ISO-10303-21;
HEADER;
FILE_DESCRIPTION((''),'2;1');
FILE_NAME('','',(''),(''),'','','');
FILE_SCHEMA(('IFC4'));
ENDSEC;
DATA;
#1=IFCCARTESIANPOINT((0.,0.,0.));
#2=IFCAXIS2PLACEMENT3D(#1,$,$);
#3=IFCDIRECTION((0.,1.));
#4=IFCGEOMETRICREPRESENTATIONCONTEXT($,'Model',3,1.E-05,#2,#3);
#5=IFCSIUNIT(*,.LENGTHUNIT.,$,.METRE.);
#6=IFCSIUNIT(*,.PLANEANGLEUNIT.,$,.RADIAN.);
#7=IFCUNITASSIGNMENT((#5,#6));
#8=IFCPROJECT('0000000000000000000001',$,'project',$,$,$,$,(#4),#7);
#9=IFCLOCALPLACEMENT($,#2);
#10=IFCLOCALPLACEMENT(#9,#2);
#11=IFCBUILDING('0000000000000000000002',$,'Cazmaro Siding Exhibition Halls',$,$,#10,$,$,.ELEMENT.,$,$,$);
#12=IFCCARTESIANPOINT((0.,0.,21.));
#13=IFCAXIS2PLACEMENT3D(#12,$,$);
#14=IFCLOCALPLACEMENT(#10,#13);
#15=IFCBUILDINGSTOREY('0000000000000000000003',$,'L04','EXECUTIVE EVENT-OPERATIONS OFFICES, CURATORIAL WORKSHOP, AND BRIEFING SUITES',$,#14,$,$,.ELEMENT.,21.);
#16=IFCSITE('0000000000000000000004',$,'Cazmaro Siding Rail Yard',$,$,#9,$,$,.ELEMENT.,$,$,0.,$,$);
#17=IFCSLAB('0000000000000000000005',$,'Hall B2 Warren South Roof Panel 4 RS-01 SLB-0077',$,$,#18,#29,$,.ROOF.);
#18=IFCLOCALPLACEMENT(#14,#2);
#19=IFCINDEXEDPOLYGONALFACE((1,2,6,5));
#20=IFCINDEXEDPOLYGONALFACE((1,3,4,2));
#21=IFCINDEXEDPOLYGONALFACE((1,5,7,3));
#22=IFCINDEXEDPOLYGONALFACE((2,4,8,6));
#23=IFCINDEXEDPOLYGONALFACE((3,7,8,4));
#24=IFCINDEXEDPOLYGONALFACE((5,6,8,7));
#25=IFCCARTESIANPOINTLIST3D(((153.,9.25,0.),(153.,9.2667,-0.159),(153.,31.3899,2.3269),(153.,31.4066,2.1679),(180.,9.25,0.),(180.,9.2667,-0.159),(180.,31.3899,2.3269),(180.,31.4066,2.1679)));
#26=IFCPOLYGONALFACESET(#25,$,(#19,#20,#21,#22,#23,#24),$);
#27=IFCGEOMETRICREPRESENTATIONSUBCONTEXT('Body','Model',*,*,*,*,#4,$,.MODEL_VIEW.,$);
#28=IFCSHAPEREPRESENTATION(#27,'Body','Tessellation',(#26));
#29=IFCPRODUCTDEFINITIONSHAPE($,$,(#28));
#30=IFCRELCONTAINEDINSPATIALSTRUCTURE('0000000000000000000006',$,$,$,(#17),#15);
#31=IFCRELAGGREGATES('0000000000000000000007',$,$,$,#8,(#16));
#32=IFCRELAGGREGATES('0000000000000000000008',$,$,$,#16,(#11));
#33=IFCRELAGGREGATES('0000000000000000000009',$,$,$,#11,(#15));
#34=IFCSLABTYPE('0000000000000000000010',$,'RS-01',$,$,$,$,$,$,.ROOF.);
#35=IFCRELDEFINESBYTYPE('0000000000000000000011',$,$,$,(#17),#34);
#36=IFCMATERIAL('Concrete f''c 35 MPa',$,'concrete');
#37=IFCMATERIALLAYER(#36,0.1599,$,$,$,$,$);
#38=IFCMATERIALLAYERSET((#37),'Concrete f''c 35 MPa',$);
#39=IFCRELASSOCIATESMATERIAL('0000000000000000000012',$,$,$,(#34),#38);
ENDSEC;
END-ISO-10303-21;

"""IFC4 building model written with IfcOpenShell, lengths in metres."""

from ifc_helpers import new_model, si_unit, direction, frame, origin, place, context, subcontext, project, spatial, polyline, outline, extrude, material, layer, layer_set, type_object, element, save


model = new_model("IFC4")

# Units and contexts
model_context = context("Model", 3, precision=1e-05, world=origin(), true_north=direction((0.0, 1.0)))
body_context = subcontext(model_context, "Body", "Model", "MODEL_VIEW")
ifc_project = project(units=[si_unit("LENGTHUNIT", "METRE"), si_unit("PLANEANGLEUNIT", "RADIAN")], contexts=[model_context])

# Site, building, storey
site_placement = place(None, origin())
site = spatial("IfcSite", under=ifc_project, at=site_placement, Name="Cazmaro Siding Rail Yard", CompositionType="ELEMENT", RefElevation=0.0)
building_placement = place(site_placement, origin())
building = spatial("IfcBuilding", under=site, at=building_placement, Name="Cazmaro Siding Exhibition Halls", CompositionType="ELEMENT")
storey_placement = place(building_placement, frame((0.0, 0.0, 21.0)))
storey = spatial("IfcBuildingStorey", under=building, at=storey_placement, Name="L04", Description="EXECUTIVE EVENT-OPERATIONS OFFICES, CURATORIAL WORKSHOP, AND BRIEFING SUITES", CompositionType="ELEMENT", Elevation=21.0)

# Slab
ifc_material_1 = material(Name="Concrete f'c 35 MPa", Category="concrete")
ifc_layer_1 = layer(ifc_material_1, 0.1599)
ifc_layer_set_1 = layer_set([ifc_layer_1], Name="Concrete f'c 35 MPa")
slab_type = type_object("IfcSlabType", Name="RS-01", PredefinedType="ROOF", material=ifc_layer_set_1)
slab_placement = place(storey_placement, frame((153.0, 9.25, 0.0), z_axis=(0.0, -0.104524, 0.994522), x_axis=(1.0, 0.0, 0.0)))
element("IfcSlab", 1, at=slab_placement, inside=storey, type_object=slab_type, Name="Hall B2 Warren South Roof Panel 4 RS-01 SLB-0077", PredefinedType="ROOF", context=body_context, shape_type="SweptSolid", body=[
    extrude(outline(polyline([(0.0, 0.0), (27.0, 0.0), (27.0, 22.2618), (0.0, 22.2618), (0.0, 0.0)])), origin(), (0.0, 0.0, -1.0), 0.1599),
])

save(model, "model.ifc")
